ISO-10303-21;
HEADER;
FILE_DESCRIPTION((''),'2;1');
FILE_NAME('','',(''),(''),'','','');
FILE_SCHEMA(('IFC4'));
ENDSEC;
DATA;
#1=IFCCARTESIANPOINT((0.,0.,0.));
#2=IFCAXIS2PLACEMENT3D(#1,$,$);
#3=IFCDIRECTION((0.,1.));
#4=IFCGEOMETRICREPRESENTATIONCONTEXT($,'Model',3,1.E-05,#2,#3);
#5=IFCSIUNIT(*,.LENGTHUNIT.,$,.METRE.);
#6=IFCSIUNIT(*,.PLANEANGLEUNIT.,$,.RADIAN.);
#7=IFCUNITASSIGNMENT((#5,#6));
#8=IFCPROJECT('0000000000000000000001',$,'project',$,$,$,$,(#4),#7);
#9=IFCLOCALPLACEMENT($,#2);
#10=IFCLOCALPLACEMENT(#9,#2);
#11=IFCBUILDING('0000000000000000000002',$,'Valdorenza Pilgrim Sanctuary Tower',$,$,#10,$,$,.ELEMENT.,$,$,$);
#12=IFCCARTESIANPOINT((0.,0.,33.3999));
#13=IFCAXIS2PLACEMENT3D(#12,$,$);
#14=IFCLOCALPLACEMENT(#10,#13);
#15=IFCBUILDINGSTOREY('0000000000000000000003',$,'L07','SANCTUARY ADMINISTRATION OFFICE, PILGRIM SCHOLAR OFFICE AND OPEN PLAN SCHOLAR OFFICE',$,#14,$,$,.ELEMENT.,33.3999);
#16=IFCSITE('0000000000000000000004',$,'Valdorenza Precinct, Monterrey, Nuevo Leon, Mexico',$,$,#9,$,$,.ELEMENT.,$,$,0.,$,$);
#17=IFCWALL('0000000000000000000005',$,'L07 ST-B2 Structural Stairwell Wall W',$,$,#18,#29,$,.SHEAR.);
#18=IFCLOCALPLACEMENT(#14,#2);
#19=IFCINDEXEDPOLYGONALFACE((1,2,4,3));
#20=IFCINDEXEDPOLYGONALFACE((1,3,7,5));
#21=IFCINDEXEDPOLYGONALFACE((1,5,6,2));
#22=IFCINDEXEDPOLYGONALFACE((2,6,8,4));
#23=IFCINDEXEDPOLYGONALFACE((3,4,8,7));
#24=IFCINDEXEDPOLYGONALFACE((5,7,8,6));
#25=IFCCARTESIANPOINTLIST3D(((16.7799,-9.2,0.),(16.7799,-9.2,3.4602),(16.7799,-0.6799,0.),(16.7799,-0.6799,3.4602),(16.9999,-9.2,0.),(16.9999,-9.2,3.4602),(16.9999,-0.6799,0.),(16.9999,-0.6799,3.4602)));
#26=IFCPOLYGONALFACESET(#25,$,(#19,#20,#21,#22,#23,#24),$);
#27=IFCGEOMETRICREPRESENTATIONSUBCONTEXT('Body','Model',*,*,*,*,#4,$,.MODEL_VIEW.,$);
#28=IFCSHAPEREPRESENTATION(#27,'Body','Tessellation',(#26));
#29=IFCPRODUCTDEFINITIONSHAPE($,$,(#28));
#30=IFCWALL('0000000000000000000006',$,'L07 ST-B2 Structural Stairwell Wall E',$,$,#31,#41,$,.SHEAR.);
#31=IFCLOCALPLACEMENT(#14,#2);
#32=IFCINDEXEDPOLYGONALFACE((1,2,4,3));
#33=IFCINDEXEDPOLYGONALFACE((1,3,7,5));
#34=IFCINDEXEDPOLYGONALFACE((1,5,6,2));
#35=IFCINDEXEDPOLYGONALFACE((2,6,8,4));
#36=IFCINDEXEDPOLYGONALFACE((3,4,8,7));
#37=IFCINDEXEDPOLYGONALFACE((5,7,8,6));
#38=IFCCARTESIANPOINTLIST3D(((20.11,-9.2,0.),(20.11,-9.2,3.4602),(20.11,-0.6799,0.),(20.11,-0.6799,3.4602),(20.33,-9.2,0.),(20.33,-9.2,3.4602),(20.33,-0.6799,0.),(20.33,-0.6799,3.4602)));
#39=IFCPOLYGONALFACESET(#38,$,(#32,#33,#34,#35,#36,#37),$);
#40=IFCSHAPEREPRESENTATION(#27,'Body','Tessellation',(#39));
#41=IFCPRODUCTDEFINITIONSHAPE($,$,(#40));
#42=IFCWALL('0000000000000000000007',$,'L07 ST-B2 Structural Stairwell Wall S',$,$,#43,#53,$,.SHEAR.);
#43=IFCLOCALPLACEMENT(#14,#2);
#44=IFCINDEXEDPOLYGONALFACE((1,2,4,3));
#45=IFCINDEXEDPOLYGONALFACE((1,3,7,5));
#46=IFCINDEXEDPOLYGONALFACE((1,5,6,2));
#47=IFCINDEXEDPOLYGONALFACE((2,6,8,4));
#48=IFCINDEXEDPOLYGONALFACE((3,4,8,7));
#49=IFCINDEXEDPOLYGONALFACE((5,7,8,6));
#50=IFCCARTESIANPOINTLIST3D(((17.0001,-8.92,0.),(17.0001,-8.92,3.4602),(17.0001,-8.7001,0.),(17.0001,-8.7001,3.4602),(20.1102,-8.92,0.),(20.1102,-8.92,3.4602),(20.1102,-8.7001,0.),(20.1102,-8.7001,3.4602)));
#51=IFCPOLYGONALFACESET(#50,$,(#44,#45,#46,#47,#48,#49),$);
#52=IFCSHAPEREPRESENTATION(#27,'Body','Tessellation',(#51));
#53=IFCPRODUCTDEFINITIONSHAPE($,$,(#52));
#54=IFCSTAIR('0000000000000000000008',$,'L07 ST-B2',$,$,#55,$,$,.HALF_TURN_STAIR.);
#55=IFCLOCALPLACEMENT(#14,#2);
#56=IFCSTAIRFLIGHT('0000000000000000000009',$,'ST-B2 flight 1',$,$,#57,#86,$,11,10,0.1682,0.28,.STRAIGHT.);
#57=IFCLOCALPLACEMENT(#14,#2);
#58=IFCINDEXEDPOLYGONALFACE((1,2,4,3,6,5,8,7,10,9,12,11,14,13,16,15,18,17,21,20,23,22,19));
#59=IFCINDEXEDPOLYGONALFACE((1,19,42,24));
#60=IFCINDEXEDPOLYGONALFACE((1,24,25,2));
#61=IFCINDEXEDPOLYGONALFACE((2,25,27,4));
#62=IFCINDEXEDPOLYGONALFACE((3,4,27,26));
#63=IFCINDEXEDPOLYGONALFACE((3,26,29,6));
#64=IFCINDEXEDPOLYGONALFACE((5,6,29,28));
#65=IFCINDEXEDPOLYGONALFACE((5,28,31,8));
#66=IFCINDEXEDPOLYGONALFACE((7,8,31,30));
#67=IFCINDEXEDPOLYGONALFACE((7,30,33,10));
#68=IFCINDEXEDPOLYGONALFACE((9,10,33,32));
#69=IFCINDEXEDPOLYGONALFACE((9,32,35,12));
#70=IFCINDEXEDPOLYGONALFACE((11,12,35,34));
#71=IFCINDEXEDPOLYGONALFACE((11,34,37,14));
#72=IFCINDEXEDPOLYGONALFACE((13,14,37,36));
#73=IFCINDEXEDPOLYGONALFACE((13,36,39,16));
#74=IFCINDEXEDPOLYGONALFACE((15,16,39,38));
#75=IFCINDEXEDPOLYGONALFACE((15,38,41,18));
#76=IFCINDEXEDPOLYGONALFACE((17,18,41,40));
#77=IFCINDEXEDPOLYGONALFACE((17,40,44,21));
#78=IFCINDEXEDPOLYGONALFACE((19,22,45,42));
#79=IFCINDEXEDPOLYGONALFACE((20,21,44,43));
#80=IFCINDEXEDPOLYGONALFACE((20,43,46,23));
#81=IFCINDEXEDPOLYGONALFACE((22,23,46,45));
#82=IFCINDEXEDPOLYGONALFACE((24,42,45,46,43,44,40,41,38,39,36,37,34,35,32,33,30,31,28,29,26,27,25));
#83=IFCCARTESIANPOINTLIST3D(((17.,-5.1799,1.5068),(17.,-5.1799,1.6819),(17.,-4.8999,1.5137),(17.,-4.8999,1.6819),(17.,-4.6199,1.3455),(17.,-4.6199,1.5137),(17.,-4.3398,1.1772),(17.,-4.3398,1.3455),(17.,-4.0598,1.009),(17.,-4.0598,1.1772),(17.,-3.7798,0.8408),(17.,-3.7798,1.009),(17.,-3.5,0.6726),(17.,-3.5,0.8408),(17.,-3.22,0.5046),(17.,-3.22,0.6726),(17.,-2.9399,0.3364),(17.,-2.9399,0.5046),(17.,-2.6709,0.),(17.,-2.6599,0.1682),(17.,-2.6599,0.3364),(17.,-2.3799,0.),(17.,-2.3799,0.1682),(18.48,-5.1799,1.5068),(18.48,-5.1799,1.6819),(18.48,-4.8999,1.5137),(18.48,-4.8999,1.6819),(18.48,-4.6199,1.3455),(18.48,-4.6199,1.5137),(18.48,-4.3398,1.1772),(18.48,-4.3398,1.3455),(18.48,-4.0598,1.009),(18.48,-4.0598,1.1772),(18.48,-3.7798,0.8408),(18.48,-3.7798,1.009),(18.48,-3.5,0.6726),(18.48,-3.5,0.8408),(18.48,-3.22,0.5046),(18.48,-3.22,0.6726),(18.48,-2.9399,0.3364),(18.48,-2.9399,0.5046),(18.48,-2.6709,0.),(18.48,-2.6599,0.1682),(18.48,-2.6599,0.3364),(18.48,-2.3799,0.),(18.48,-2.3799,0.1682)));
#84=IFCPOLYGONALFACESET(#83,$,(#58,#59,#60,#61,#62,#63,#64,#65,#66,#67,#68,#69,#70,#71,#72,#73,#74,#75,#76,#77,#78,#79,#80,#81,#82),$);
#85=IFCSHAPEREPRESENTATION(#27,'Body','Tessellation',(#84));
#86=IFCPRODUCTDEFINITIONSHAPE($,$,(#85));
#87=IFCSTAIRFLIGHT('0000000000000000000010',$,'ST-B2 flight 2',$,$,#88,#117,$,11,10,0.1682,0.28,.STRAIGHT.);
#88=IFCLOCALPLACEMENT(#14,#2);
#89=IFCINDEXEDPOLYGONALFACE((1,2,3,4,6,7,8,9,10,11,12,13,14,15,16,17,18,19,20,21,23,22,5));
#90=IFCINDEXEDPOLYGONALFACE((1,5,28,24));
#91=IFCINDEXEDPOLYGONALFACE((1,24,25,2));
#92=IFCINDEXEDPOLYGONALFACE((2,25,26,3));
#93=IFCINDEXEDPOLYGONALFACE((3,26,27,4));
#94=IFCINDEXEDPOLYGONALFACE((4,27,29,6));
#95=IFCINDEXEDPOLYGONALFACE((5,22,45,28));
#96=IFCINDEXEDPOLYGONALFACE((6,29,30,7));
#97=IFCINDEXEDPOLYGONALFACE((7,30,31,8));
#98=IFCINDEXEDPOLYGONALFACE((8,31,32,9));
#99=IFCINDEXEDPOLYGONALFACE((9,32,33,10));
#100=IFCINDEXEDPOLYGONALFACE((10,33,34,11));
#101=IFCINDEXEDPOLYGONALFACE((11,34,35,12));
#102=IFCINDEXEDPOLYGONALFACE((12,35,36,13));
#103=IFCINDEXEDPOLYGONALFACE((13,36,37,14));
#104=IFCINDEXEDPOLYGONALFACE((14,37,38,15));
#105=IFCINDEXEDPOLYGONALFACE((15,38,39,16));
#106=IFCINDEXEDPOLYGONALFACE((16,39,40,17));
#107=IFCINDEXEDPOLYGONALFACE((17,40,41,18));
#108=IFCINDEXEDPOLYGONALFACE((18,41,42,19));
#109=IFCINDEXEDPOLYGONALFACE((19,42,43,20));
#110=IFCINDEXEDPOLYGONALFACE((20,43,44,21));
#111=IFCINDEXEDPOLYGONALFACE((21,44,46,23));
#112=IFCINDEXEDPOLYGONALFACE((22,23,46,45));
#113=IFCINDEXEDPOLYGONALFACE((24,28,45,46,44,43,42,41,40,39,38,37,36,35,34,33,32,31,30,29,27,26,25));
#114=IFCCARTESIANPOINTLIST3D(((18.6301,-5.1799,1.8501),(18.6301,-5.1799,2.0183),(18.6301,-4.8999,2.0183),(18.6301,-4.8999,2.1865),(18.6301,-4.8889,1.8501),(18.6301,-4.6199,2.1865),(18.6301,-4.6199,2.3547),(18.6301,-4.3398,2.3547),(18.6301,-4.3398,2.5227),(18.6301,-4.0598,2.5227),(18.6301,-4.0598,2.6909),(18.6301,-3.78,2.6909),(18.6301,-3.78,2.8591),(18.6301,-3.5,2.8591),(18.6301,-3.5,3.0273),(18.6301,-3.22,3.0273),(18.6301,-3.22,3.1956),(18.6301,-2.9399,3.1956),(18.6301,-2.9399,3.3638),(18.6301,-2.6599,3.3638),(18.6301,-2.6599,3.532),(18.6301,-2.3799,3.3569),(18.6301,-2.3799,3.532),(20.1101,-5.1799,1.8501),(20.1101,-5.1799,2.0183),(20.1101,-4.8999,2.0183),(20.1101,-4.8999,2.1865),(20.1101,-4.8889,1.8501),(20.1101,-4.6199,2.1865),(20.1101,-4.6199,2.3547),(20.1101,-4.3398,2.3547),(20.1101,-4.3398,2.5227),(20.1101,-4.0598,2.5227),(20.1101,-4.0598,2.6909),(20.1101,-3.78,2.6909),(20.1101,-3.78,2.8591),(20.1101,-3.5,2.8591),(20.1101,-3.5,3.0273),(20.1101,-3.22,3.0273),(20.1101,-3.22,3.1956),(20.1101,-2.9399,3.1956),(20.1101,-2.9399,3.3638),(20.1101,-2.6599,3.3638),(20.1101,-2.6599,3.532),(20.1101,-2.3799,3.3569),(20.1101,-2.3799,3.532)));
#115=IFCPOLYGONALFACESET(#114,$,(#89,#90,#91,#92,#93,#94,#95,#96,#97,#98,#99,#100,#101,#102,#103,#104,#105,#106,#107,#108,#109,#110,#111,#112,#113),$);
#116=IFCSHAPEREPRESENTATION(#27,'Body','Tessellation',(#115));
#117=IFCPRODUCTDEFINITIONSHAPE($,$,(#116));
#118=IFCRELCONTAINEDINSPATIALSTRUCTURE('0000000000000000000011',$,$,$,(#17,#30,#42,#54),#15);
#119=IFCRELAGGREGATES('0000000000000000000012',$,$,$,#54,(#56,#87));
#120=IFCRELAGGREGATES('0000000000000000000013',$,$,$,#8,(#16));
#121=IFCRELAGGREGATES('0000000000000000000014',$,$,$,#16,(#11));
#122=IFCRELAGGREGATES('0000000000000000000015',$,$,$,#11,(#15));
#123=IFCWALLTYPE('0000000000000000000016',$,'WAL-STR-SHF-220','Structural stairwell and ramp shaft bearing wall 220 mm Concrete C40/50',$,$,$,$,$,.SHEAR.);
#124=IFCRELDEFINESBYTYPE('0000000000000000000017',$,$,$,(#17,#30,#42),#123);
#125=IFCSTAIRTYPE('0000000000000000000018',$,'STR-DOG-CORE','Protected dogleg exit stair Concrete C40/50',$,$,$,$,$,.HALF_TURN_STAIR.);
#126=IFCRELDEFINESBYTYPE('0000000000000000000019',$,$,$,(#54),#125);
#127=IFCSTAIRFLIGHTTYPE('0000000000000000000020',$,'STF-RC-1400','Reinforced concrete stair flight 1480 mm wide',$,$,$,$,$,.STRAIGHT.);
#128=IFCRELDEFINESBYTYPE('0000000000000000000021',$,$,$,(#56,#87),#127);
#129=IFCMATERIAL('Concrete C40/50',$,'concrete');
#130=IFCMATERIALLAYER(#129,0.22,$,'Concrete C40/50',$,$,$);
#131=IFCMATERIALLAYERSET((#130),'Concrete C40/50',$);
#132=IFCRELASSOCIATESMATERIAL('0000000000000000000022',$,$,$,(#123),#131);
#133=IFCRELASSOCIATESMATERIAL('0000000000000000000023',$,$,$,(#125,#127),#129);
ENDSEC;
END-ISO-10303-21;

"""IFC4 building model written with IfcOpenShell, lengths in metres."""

from ifc_helpers import new_model, si_unit, direction, frame, frame_2d, origin, place, context, subcontext, project, spatial, polyline, rectangle, outline, extrude, material, layer, layer_set, type_object, element, aggregate, save


model = new_model("IFC4")

# Units and contexts
model_context = context("Model", 3, precision=1e-05, world=origin(), true_north=direction((0.0, 1.0)))
body_context = subcontext(model_context, "Body", "Model", "MODEL_VIEW")
ifc_project = project(units=[si_unit("LENGTHUNIT", "METRE"), si_unit("PLANEANGLEUNIT", "RADIAN")], contexts=[model_context])

# Site, building, storey
site_placement = place(None, origin())
site = spatial("IfcSite", under=ifc_project, at=site_placement, Name="Valdorenza Precinct, Monterrey, Nuevo Leon, Mexico", CompositionType="ELEMENT", RefElevation=0.0)
building_placement = place(site_placement, origin())
building = spatial("IfcBuilding", under=site, at=building_placement, Name="Valdorenza Pilgrim Sanctuary Tower", CompositionType="ELEMENT")
storey_placement = place(building_placement, frame((0.0, 0.0, 33.3999)))
storey = spatial("IfcBuildingStorey", under=building, at=storey_placement, Name="L07", Description="SANCTUARY ADMINISTRATION OFFICE, PILGRIM SCHOLAR OFFICE AND OPEN PLAN SCHOLAR OFFICE", CompositionType="ELEMENT", Elevation=33.3999)

# Walls
ifc_material_1 = material(Name="Concrete C40/50", Category="concrete")
ifc_layer_1 = layer(ifc_material_1, 0.22, Name="Concrete C40/50")
ifc_layer_set_1 = layer_set([ifc_layer_1], Name="Concrete C40/50")
wall_type_1 = type_object("IfcWallType", Name="WAL-STR-SHF-220", Description="Structural stairwell and ramp shaft bearing wall 220 mm Concrete C40/50", PredefinedType="SHEAR", material=ifc_layer_set_1)
for number, where, z_axis, x_axis, name in (
    (1, (16.8899, -9.2, 0.0), (0.0, 0.0, 1.0), (0.0, 1.0, 0.0), "L07 ST-B2 Structural Stairwell Wall W"),
    (2, (20.22, -9.2, 0.0), (0.0, 0.0, 1.0), (0.0, 1.0, 0.0), "L07 ST-B2 Structural Stairwell Wall E"),
):
    element("IfcWall", number, at=place(storey_placement, frame(where, z_axis=z_axis, x_axis=x_axis)), inside=storey, type_object=wall_type_1, Name=name, PredefinedType="SHEAR", context=body_context, shape_type="SweptSolid", body=[
        extrude(rectangle(XDim=8.52, YDim=0.22, at=frame_2d((4.26, 0.0))), origin(), (0.0, 0.0, 1.0), 3.4602),
    ])
wall_1_placement = place(storey_placement, frame((17.0, -8.8101, 0.0), z_axis=(0.0, 0.0, 1.0), x_axis=(1.0, 0.0, 0.0)))
element("IfcWall", 3, at=wall_1_placement, inside=storey, type_object=wall_type_1, Name="L07 ST-B2 Structural Stairwell Wall S", PredefinedType="SHEAR", context=body_context, shape_type="SweptSolid", body=[
    extrude(rectangle(XDim=3.1101, YDim=0.22, at=frame_2d((1.5552, 0.0))), origin(), (0.0, 0.0, 1.0), 3.4602),
])

# Stair, stair flights
stair_type = type_object("IfcStairType", Name="STR-DOG-CORE", Description="Protected dogleg exit stair Concrete C40/50", PredefinedType="HALF_TURN_STAIR", material=ifc_material_1)
stair_placement = place(storey_placement, origin())
stair = element("IfcStair", 4, at=stair_placement, inside=storey, type_object=stair_type, Name="L07 ST-B2", PredefinedType="HALF_TURN_STAIR")
stair_flight_type = type_object("IfcStairFlightType", Name="STF-RC-1400", Description="Reinforced concrete stair flight 1480 mm wide", PredefinedType="STRAIGHT", material=ifc_material_1)
stair_flight_1_placement = place(storey_placement, frame((17.74, -2.3799, 0.0), z_axis=(0.0, 0.0, 1.0), x_axis=(0.0, -1.0, 0.0)))
stair_flight_1 = element("IfcStairFlight", 5, at=stair_flight_1_placement, type_object=stair_flight_type, Name="ST-B2 flight 1", NumberOfRisers=11, NumberOfTreads=10, PredefinedType="STRAIGHT", RiserHeight=0.1682, TreadLength=0.28, context=body_context, shape_type="SweptSolid", body=[
    extrude(outline(polyline([(0.0, 0.0), (0.0, 0.1682), (0.28, 0.1682), (0.28, 0.3364), (0.5601, 0.3364), (0.5601, 0.5046), (0.8401, 0.5046), (0.8401, 0.6726), (1.1201, 0.6726), (1.1201, 0.8408), (1.3999, 0.8408), (1.3999, 1.009), (1.6799, 1.009), (1.6799, 1.1772), (1.96, 1.1772), (1.96, 1.3455), (2.24, 1.3455), (2.24, 1.5137), (2.52, 1.5137), (2.52, 1.6819), (2.8, 1.6819), (2.8, 1.8501), (2.8, 1.5068), (0.291, 0.0), (0.0, 0.0)])), frame((0.0, 0.74, 0.0), z_axis=(0.0, -1.0, 0.0), x_axis=(1.0, 0.0, 0.0)), (0.0, 0.0, 1.0), 1.48),
])
stair_flight_2_placement = place(storey_placement, frame((19.3701, -5.1799, 1.8501), z_axis=(0.0, 0.0, 1.0), x_axis=(0.0, 1.0, 0.0)))
stair_flight_2 = element("IfcStairFlight", 6, at=stair_flight_2_placement, type_object=stair_flight_type, Name="ST-B2 flight 2", NumberOfRisers=11, NumberOfTreads=10, PredefinedType="STRAIGHT", RiserHeight=0.1682, TreadLength=0.28, context=body_context, shape_type="SweptSolid", body=[
    extrude(outline(polyline([(0.0, 0.0), (0.0, 0.1682), (0.28, 0.1682), (0.28, 0.3364), (0.5601, 0.3364), (0.5601, 0.5046), (0.8401, 0.5046), (0.8401, 0.6726), (1.1201, 0.6726), (1.1201, 0.8408), (1.3999, 0.8408), (1.3999, 1.009), (1.6799, 1.009), (1.6799, 1.1772), (1.96, 1.1772), (1.96, 1.3455), (2.24, 1.3455), (2.24, 1.5137), (2.52, 1.5137), (2.52, 1.6819), (2.8, 1.6819), (2.8, 1.8501), (2.8, 1.5068), (0.291, 0.0), (0.0, 0.0)])), frame((0.0, 0.74, 0.0), z_axis=(0.0, -1.0, 0.0), x_axis=(1.0, 0.0, 0.0)), (0.0, 0.0, 1.0), 1.48),
])
aggregate(stair, [stair_flight_1, stair_flight_2])

save(model, "model.ifc")
